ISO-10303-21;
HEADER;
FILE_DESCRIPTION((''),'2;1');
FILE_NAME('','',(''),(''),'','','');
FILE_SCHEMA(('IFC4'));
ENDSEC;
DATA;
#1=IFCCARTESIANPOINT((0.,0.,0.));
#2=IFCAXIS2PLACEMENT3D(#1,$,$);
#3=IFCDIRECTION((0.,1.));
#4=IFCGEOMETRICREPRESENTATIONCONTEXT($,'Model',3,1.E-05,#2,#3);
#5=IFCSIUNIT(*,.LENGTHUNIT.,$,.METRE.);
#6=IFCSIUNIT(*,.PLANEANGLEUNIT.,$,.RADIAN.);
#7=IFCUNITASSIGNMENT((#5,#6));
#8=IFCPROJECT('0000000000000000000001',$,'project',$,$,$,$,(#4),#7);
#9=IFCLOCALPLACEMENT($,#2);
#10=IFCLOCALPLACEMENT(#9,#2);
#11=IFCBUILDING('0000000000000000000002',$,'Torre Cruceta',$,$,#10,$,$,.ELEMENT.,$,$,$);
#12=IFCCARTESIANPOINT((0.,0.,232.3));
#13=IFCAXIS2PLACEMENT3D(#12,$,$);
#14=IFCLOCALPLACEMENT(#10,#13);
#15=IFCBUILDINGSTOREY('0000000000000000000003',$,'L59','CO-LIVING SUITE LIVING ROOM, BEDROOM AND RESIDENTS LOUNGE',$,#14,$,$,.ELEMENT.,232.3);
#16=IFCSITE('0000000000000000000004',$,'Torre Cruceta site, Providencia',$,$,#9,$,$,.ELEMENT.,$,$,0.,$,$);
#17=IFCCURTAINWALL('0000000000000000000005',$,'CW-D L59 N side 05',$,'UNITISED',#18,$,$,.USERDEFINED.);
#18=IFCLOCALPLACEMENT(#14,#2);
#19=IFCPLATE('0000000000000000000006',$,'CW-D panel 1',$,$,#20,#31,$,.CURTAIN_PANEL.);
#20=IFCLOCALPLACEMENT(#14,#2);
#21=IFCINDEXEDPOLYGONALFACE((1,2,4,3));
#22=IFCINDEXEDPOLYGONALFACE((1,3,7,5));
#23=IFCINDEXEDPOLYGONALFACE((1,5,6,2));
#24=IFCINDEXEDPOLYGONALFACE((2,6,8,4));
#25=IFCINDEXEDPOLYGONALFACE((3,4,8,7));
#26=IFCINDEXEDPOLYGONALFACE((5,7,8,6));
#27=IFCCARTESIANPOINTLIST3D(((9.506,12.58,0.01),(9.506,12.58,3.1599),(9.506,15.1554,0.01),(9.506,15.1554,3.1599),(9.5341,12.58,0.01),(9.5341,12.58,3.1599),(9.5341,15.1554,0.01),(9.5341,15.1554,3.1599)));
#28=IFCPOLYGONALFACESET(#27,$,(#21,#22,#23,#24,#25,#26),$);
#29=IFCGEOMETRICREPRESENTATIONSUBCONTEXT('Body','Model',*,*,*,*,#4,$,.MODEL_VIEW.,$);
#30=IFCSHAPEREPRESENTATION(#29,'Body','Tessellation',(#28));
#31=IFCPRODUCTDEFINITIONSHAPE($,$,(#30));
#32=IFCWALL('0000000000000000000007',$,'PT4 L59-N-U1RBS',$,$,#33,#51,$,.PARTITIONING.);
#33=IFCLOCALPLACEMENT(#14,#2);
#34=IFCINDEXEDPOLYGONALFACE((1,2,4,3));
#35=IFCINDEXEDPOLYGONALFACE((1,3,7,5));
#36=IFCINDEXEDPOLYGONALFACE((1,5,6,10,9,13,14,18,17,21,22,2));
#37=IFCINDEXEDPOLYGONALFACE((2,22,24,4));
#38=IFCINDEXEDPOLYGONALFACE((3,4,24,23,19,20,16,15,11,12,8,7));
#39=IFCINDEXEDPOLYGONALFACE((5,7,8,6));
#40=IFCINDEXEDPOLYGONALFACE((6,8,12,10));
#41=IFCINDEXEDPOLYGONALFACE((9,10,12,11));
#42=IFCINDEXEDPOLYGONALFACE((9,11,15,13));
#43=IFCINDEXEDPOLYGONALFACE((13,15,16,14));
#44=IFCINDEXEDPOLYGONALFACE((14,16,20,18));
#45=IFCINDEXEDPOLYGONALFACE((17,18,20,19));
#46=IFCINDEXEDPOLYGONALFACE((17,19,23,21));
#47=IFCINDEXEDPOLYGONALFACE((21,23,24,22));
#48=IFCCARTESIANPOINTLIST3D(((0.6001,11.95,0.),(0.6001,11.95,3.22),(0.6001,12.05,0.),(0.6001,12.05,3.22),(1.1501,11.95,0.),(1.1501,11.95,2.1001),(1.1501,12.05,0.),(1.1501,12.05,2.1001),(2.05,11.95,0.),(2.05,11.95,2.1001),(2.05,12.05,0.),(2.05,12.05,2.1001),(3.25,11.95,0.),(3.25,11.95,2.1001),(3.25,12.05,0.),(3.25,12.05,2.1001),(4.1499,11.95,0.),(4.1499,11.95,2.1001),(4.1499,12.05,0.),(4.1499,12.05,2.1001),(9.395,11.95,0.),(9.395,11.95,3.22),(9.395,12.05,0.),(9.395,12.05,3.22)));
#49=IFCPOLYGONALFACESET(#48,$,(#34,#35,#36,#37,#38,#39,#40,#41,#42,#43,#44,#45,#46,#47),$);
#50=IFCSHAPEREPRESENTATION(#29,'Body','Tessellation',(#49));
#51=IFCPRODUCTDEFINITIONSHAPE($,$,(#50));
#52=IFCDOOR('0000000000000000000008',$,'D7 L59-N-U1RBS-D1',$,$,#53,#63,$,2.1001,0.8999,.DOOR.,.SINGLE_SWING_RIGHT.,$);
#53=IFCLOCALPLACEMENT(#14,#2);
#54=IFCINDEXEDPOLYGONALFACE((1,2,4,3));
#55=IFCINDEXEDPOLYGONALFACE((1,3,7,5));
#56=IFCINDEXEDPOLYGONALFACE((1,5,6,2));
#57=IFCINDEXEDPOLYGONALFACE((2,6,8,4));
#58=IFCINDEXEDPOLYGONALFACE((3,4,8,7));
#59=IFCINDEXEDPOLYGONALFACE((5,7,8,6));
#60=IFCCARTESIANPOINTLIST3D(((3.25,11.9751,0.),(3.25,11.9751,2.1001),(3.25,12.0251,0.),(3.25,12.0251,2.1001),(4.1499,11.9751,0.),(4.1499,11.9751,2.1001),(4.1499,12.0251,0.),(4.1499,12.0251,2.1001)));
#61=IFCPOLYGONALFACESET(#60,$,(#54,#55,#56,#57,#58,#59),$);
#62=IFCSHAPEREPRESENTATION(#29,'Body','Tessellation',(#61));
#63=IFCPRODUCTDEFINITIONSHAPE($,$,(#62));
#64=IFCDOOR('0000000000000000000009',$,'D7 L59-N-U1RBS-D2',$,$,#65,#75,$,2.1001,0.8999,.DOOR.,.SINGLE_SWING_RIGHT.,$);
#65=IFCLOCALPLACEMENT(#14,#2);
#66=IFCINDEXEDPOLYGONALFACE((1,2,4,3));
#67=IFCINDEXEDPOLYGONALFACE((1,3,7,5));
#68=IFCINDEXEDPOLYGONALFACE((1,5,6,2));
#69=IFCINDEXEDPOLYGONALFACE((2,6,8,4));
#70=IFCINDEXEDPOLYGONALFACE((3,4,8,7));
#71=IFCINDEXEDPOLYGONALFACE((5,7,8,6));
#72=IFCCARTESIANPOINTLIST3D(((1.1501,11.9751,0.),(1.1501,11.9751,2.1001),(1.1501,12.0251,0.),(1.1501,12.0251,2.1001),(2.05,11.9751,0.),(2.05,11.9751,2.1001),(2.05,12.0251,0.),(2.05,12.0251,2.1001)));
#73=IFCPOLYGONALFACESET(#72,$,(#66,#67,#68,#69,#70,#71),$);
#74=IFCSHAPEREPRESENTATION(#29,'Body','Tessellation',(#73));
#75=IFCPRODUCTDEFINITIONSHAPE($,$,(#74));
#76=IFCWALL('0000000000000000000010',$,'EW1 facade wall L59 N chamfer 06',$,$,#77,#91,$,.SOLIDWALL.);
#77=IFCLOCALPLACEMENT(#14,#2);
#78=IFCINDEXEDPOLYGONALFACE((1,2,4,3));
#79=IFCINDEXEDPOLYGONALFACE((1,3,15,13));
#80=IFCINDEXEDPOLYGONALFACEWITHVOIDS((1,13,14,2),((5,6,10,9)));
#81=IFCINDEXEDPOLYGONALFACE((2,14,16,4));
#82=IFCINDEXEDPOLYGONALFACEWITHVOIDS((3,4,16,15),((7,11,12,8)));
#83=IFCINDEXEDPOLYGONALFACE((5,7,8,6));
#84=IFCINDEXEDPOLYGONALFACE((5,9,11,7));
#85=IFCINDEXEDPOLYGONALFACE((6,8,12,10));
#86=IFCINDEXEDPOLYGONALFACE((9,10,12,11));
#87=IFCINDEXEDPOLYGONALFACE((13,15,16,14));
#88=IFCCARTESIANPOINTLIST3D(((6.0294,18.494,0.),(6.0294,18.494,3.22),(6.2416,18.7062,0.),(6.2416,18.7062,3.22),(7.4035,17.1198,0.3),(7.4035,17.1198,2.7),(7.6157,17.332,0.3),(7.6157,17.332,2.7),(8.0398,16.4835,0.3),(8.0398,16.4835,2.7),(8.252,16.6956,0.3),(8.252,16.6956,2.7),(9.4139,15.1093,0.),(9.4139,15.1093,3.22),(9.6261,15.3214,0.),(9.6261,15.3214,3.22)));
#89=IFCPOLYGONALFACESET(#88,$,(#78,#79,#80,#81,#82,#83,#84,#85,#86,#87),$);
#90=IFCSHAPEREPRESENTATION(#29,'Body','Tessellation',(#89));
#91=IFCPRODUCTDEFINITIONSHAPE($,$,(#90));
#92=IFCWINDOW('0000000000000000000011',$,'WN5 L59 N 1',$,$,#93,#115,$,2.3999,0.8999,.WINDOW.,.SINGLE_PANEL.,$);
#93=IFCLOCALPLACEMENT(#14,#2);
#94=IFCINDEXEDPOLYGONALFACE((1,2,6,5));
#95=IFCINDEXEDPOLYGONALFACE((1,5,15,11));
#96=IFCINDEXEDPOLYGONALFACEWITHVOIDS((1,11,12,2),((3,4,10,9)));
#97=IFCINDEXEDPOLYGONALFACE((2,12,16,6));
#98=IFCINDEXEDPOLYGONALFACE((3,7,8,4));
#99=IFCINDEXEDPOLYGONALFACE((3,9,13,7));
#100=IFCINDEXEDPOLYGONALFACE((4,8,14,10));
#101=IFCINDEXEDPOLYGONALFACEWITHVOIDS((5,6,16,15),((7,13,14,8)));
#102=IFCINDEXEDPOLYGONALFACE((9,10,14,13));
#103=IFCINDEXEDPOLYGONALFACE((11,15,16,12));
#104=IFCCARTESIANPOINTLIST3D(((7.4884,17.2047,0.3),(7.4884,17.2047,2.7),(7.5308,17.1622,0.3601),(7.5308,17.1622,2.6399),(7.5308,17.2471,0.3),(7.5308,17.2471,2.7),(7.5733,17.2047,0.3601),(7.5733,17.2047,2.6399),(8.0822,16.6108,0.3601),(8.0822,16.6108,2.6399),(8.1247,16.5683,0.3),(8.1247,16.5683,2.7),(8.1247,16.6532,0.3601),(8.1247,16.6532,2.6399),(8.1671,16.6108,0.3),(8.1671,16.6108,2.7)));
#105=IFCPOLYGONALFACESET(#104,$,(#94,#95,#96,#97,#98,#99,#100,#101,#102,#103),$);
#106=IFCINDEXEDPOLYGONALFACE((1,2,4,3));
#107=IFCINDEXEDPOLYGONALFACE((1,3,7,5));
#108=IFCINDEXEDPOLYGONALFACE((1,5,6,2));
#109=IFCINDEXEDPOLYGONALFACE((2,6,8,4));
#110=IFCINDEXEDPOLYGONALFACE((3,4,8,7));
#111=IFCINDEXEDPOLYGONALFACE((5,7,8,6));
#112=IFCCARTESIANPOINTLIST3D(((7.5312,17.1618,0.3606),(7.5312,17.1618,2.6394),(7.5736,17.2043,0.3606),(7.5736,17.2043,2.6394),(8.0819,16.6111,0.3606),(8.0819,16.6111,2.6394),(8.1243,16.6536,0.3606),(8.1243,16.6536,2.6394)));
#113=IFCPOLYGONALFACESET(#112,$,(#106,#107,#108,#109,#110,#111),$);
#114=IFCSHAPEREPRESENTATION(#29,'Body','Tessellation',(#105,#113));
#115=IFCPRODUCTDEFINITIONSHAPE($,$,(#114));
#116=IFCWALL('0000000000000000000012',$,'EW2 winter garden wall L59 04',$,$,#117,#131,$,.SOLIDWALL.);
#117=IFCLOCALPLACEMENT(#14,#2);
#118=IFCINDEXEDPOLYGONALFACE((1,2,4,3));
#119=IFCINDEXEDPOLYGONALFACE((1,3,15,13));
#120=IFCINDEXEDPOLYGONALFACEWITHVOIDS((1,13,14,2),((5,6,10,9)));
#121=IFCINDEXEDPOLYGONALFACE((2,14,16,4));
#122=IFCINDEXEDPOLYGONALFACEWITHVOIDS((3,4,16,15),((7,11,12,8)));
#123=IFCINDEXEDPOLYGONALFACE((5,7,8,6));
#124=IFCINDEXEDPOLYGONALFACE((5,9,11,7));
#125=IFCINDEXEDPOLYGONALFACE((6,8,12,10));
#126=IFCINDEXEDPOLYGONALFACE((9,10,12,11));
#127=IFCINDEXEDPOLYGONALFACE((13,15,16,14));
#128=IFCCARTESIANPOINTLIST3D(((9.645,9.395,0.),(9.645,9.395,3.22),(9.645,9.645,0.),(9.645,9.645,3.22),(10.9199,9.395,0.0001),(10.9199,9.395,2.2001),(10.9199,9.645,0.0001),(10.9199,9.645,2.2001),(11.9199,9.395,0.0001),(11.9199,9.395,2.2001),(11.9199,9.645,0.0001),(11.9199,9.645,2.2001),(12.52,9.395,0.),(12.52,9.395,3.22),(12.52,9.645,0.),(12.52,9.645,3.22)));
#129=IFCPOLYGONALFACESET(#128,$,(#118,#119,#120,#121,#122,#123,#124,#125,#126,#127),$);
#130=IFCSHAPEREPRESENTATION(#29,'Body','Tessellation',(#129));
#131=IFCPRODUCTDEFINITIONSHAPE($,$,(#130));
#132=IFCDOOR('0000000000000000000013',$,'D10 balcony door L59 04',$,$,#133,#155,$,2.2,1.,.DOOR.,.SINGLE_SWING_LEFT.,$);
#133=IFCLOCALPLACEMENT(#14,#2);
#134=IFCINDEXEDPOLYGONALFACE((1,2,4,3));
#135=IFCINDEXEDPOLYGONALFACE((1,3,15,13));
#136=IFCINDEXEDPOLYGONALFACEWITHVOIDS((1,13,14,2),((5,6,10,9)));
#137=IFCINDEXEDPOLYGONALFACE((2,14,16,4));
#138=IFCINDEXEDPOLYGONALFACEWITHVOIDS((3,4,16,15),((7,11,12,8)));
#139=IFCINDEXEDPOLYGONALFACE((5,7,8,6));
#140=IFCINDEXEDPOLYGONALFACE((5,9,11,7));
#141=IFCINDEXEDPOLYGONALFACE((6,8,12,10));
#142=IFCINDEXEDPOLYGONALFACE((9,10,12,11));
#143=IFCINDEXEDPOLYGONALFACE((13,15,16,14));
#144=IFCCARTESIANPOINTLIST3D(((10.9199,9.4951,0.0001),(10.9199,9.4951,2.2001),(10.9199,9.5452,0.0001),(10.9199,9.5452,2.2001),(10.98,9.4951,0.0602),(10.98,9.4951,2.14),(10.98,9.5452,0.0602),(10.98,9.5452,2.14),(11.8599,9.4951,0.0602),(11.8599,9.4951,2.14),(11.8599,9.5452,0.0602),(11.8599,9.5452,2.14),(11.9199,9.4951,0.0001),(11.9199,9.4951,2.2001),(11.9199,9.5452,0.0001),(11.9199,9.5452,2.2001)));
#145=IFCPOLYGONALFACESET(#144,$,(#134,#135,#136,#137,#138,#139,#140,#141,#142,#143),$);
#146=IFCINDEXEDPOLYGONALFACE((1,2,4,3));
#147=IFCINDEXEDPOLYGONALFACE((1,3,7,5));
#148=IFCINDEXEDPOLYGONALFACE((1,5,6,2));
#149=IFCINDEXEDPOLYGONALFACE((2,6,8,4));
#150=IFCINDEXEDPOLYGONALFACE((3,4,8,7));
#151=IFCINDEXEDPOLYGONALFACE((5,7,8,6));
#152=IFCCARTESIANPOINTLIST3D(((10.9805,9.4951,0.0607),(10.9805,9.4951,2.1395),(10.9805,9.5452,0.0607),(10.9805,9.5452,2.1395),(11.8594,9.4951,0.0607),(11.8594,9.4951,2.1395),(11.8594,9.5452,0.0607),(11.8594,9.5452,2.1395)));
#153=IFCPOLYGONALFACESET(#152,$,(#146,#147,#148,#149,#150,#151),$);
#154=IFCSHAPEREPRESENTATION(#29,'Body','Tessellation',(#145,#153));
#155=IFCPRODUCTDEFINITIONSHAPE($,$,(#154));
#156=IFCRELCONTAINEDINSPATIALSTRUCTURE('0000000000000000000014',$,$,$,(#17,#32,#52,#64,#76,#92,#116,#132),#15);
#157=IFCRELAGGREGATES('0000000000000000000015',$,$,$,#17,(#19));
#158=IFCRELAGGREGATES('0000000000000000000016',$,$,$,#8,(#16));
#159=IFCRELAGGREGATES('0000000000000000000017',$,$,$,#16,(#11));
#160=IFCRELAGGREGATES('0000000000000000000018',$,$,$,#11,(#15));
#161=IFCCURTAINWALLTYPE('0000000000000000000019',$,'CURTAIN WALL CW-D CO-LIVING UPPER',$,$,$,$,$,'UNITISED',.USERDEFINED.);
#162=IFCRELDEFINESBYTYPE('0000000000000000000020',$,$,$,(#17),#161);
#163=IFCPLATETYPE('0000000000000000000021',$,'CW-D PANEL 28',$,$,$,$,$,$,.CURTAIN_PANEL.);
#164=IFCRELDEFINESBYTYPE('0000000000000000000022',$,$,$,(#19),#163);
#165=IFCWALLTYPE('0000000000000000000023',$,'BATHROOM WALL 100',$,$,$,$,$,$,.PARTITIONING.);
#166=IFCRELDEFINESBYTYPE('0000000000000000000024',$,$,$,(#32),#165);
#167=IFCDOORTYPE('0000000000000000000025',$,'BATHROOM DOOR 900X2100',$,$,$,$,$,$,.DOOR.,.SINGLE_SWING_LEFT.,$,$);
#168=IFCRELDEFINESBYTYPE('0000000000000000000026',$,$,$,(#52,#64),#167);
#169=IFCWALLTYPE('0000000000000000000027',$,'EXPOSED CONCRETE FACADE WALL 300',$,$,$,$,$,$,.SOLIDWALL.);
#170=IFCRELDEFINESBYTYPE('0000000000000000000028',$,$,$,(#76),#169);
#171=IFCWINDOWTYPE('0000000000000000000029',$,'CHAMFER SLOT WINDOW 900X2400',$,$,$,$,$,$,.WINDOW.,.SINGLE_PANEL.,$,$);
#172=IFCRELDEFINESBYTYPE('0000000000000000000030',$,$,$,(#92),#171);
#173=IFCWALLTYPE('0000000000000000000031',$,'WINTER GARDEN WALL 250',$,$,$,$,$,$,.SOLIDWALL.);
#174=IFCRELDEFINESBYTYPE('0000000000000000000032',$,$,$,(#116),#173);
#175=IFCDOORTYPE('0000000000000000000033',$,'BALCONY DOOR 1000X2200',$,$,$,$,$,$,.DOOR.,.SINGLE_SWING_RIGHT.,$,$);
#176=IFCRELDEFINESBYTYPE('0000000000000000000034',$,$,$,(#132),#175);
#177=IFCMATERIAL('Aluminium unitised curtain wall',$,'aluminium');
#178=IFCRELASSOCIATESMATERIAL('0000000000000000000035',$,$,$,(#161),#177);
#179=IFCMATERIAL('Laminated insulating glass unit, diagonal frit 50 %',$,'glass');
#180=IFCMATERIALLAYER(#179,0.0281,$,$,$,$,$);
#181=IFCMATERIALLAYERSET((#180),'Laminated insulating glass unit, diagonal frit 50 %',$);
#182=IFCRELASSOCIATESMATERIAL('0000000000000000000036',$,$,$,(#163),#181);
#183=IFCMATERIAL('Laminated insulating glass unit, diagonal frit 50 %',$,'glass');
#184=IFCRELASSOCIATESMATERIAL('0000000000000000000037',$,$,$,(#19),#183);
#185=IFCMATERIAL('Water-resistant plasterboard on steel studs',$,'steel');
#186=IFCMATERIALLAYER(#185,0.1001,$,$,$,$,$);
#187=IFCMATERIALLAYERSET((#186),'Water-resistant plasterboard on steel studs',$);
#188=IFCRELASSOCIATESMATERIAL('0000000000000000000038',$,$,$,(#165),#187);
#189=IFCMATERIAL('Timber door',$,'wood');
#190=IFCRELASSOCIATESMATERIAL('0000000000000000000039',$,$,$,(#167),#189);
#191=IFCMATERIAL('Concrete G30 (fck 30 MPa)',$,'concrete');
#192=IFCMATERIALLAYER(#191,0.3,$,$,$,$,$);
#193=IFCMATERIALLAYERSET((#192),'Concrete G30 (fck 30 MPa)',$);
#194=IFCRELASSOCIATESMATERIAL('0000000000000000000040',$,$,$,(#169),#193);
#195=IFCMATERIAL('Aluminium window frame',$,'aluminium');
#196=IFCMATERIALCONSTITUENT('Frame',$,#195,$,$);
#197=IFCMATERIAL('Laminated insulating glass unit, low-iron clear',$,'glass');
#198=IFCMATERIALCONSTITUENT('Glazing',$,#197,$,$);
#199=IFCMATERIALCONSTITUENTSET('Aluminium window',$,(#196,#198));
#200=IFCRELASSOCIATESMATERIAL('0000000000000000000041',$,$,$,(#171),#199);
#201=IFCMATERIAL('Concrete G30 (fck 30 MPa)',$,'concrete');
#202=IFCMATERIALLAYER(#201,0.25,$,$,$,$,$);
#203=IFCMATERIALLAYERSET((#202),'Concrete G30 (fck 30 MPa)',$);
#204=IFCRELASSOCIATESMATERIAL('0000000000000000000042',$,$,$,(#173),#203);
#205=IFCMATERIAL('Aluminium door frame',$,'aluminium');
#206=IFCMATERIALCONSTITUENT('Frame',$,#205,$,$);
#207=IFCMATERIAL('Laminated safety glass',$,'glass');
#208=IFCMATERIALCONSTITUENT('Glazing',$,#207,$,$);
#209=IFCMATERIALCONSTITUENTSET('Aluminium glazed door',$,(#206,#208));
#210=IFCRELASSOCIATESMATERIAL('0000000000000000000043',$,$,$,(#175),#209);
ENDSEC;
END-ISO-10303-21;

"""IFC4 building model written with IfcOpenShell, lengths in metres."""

from ifc_helpers import new_model, si_unit, direction, frame, frame_2d, origin, origin_2d, place, context, subcontext, project, spatial, rectangle, hollow_rectangle, extrude, material, layer, layer_set, constituent, constituent_set, type_object, element, fill, aggregate, save


model = new_model("IFC4")

# Units and contexts
model_context = context("Model", 3, precision=1e-05, world=origin(), true_north=direction((0.0, 1.0)))
body_context = subcontext(model_context, "Body", "Model", "MODEL_VIEW")
ifc_project = project(units=[si_unit("LENGTHUNIT", "METRE"), si_unit("PLANEANGLEUNIT", "RADIAN")], contexts=[model_context])

# Site, building, storey
site_placement = place(None, origin())
site = spatial("IfcSite", under=ifc_project, at=site_placement, Name="Torre Cruceta site, Providencia", CompositionType="ELEMENT", RefElevation=0.0)
building_placement = place(site_placement, origin())
building = spatial("IfcBuilding", under=site, at=building_placement, Name="Torre Cruceta", CompositionType="ELEMENT")
storey_placement = place(building_placement, frame((0.0, 0.0, 232.3)))
storey = spatial("IfcBuildingStorey", under=building, at=storey_placement, Name="L59", Description="CO-LIVING SUITE LIVING ROOM, BEDROOM AND RESIDENTS LOUNGE", CompositionType="ELEMENT", Elevation=232.3)

# Curtain wall
ifc_material_1 = material(Name="Aluminium unitised curtain wall", Category="aluminium")
curtain_wall_type = type_object("IfcCurtainWallType", Name="CURTAIN WALL CW-D CO-LIVING UPPER", ElementType="UNITISED", PredefinedType="USERDEFINED", material=ifc_material_1)
curtain_wall_1_placement = place(storey_placement, origin())
curtain_wall_1 = element("IfcCurtainWall", 1, at=curtain_wall_1_placement, inside=storey, type_object=curtain_wall_type, Name="CW-D L59 N side 05", ObjectType="UNITISED", PredefinedType="USERDEFINED")

# Plate
ifc_material_2 = material(Name="Laminated insulating glass unit, diagonal frit 50 %", Category="glass")
ifc_material_3 = material(Name="Laminated insulating glass unit, diagonal frit 50 %", Category="glass")
ifc_layer_1 = layer(ifc_material_3, 0.0281)
ifc_layer_set_1 = layer_set([ifc_layer_1], Name="Laminated insulating glass unit, diagonal frit 50 %")
plate_type = type_object("IfcPlateType", Name="CW-D PANEL 28", PredefinedType="CURTAIN_PANEL", material=ifc_layer_set_1)
plate_1_placement = place(storey_placement, frame((9.52, 13.8677, 0.01), z_axis=(0.0, 0.0, 1.0), x_axis=(0.0, 1.0, 0.0)))
plate_1 = element("IfcPlate", 2, at=plate_1_placement, type_object=plate_type, material=ifc_material_2, Name="CW-D panel 1", PredefinedType="CURTAIN_PANEL", context=body_context, shape_type="SweptSolid", body=[
    extrude(rectangle(XDim=2.5754, YDim=0.0281, at=origin_2d()), origin(), (0.0, 0.0, 1.0), 3.1499),
])
aggregate(curtain_wall_1, [plate_1])

# Wall, openings, doors
ifc_material_4 = material(Name="Water-resistant plasterboard on steel studs", Category="steel")
ifc_layer_2 = layer(ifc_material_4, 0.1001)
ifc_layer_set_2 = layer_set([ifc_layer_2], Name="Water-resistant plasterboard on steel studs")
wall_type_1 = type_object("IfcWallType", Name="BATHROOM WALL 100", PredefinedType="PARTITIONING", material=ifc_layer_set_2)
wall_1_placement = place(storey_placement, frame((9.395, 12.0, 0.0), z_axis=(0.0, 0.0, 1.0), x_axis=(-1.0, 0.0, 0.0)))
wall_1 = element("IfcWall", 3, at=wall_1_placement, inside=storey, type_object=wall_type_1, Name="PT4 L59-N-U1RBS", PredefinedType="PARTITIONING", context=body_context, shape_type="SweptSolid", body=[
    extrude(rectangle(XDim=8.7949, YDim=0.1001, at=frame_2d((4.3975, 0.0))), origin(), (0.0, 0.0, 1.0), 3.22),
])
opening_1_placement = place(wall_1_placement, frame((5.2451, 0.0, 0.0)))
opening_1 = element("IfcOpeningElement", 4, at=opening_1_placement, cuts=wall_1, PredefinedType="OPENING", context=body_context, shape_type="SweptSolid", body=[
    extrude(rectangle(XDim=0.8999, YDim=2.1001, at=frame_2d((0.45, 1.05))), frame((0.0, 0.0601, 0.0), z_axis=(0.0, -1.0, 0.0), x_axis=(1.0, 0.0, 0.0)), (0.0, 0.0, 1.0), 0.1201),
])
opening_2_placement = place(wall_1_placement, frame((7.345, 0.0, 0.0)))
opening_2 = element("IfcOpeningElement", 5, at=opening_2_placement, cuts=wall_1, PredefinedType="OPENING", context=body_context, shape_type="SweptSolid", body=[
    extrude(rectangle(XDim=0.8999, YDim=2.1001, at=frame_2d((0.45, 1.05))), frame((0.0, 0.0601, 0.0), z_axis=(0.0, -1.0, 0.0), x_axis=(1.0, 0.0, 0.0)), (0.0, 0.0, 1.0), 0.1201),
])
ifc_material_5 = material(Name="Timber door", Category="wood")
door_type_1 = type_object("IfcDoorType", Name="BATHROOM DOOR 900X2100", OperationType="SINGLE_SWING_LEFT", PredefinedType="DOOR", material=ifc_material_5)
door_1_placement = place(opening_1_placement, origin())
door_1 = element("IfcDoor", 6, at=door_1_placement, inside=storey, type_object=door_type_1, Name="D7 L59-N-U1RBS-D1", OperationType="SINGLE_SWING_RIGHT", OverallHeight=2.1001, OverallWidth=0.8999, PredefinedType="DOOR", context=body_context, shape_type="SweptSolid", body=[
    extrude(rectangle(XDim=0.8999, YDim=2.1001, at=frame_2d((0.45, 1.05))), frame((0.0, 0.0249, 0.0), z_axis=(0.0, -1.0, 0.0), x_axis=(1.0, 0.0, 0.0)), (0.0, 0.0, 1.0), 0.05),
])
fill(opening_1, door_1)
door_2_placement = place(opening_2_placement, origin())
door_2 = element("IfcDoor", 7, at=door_2_placement, inside=storey, type_object=door_type_1, Name="D7 L59-N-U1RBS-D2", OperationType="SINGLE_SWING_RIGHT", OverallHeight=2.1001, OverallWidth=0.8999, PredefinedType="DOOR", context=body_context, shape_type="SweptSolid", body=[
    extrude(rectangle(XDim=0.8999, YDim=2.1001, at=frame_2d((0.45, 1.05))), frame((0.0, 0.0249, 0.0), z_axis=(0.0, -1.0, 0.0), x_axis=(1.0, 0.0, 0.0)), (0.0, 0.0, 1.0), 0.05),
])
fill(opening_2, door_2)

# Wall, opening, window
ifc_material_6 = material(Name="Concrete G30 (fck 30 MPa)", Category="concrete")
ifc_layer_3 = layer(ifc_material_6, 0.3)
ifc_layer_set_3 = layer_set([ifc_layer_3], Name="Concrete G30 (fck 30 MPa)")
wall_type_2 = type_object("IfcWallType", Name="EXPOSED CONCRETE FACADE WALL 300", PredefinedType="SOLIDWALL", material=ifc_layer_set_3)
wall_2_placement = place(storey_placement, frame((9.52, 15.2153, 0.0), z_axis=(0.0, 0.0, 1.0), x_axis=(-0.707081, 0.707132, 0.0)))
wall_2 = element("IfcWall", 8, at=wall_2_placement, inside=storey, type_object=wall_type_2, Name="EW1 facade wall L59 N chamfer 06", PredefinedType="SOLIDWALL", context=body_context, shape_type="SweptSolid", body=[
    extrude(rectangle(XDim=4.7866, YDim=0.3, at=frame_2d((2.3933, 0.0))), origin(), (0.0, 0.0, 1.0), 3.22),
])
opening_3_placement = place(wall_2_placement, frame((1.9434, 0.0, 0.3)))
opening_3 = element("IfcOpeningElement", 9, at=opening_3_placement, cuts=wall_2, PredefinedType="OPENING", context=body_context, shape_type="SweptSolid", body=[
    extrude(rectangle(XDim=0.8999, YDim=2.3999, at=frame_2d((0.45, 1.2))), frame((0.0, 0.1599, 0.0), z_axis=(0.0, -1.0, 0.0), x_axis=(1.0, 0.0, 0.0)), (0.0, 0.0, 1.0), 0.3201),
])
ifc_material_7 = material(Name="Aluminium window frame", Category="aluminium")
ifc_constituent_1 = constituent(ifc_material_7, Name="Frame")
ifc_material_8 = material(Name="Laminated insulating glass unit, low-iron clear", Category="glass")
ifc_constituent_2 = constituent(ifc_material_8, Name="Glazing")
ifc_constituent_set_1 = constituent_set(constituents=[ifc_constituent_1, ifc_constituent_2], Name="Aluminium window")
window_type = type_object("IfcWindowType", Name="CHAMFER SLOT WINDOW 900X2400", PartitioningType="SINGLE_PANEL", PredefinedType="WINDOW", material=ifc_constituent_set_1)
window_placement = place(opening_3_placement, origin())
window = element("IfcWindow", 10, at=window_placement, inside=storey, type_object=window_type, Name="WN5 L59 N 1", OverallHeight=2.3999, OverallWidth=0.8999, PartitioningType="SINGLE_PANEL", PredefinedType="WINDOW", context=body_context, shape_type="SweptSolid", body=[
    extrude(hollow_rectangle(XDim=0.8999, YDim=2.3999, WallThickness=0.0601, at=frame_2d((0.45, 1.2))), frame((0.0, 0.03, 0.0), z_axis=(0.0, -1.0, 0.0), x_axis=(1.0, 0.0, 0.0)), (0.0, 0.0, 1.0), 0.0601),
    extrude(rectangle(XDim=0.7788, YDim=2.2788, at=frame_2d((0.45, 1.2))), frame((0.0, 0.03, 0.0), z_axis=(0.0, -1.0, 0.0), x_axis=(1.0, 0.0, 0.0)), (0.0, 0.0, 1.0), 0.0601),
])
fill(opening_3, window)

# Wall, opening, door
ifc_material_9 = material(Name="Concrete G30 (fck 30 MPa)", Category="concrete")
ifc_layer_4 = layer(ifc_material_9, 0.25)
ifc_layer_set_4 = layer_set([ifc_layer_4], Name="Concrete G30 (fck 30 MPa)")
wall_type_3 = type_object("IfcWallType", Name="WINTER GARDEN WALL 250", PredefinedType="SOLIDWALL", material=ifc_layer_set_4)
wall_3_placement = place(storey_placement, frame((12.52, 9.52, 0.0), z_axis=(0.0, 0.0, 1.0), x_axis=(-1.0, 0.0, 0.0)))
wall_3 = element("IfcWall", 11, at=wall_3_placement, inside=storey, type_object=wall_type_3, Name="EW2 winter garden wall L59 04", PredefinedType="SOLIDWALL", context=body_context, shape_type="SweptSolid", body=[
    extrude(rectangle(XDim=2.875, YDim=0.25, at=frame_2d((1.4375, 0.0))), origin(), (0.0, 0.0, 1.0), 3.22),
])
opening_4_placement = place(wall_3_placement, frame((0.6001, 0.0, 0.0)))
opening_4 = element("IfcOpeningElement", 12, at=opening_4_placement, cuts=wall_3, PredefinedType="OPENING", context=body_context, shape_type="SweptSolid", body=[
    extrude(rectangle(XDim=1.0, YDim=2.2, at=frame_2d((0.5, 1.1001))), frame((0.0, 0.135, 0.0), z_axis=(0.0, -1.0, 0.0), x_axis=(1.0, 0.0, 0.0)), (0.0, 0.0, 1.0), 0.27),
])
ifc_material_10 = material(Name="Aluminium door frame", Category="aluminium")
ifc_constituent_3 = constituent(ifc_material_10, Name="Frame")
ifc_material_11 = material(Name="Laminated safety glass", Category="glass")
ifc_constituent_4 = constituent(ifc_material_11, Name="Glazing")
ifc_constituent_set_2 = constituent_set(constituents=[ifc_constituent_3, ifc_constituent_4], Name="Aluminium glazed door")
door_type_2 = type_object("IfcDoorType", Name="BALCONY DOOR 1000X2200", OperationType="SINGLE_SWING_RIGHT", PredefinedType="DOOR", material=ifc_constituent_set_2)
door_3_placement = place(opening_4_placement, origin())
door_3 = element("IfcDoor", 13, at=door_3_placement, inside=storey, type_object=door_type_2, Name="D10 balcony door L59 04", OperationType="SINGLE_SWING_LEFT", OverallHeight=2.2, OverallWidth=1.0, PredefinedType="DOOR", context=body_context, shape_type="SweptSolid", body=[
    extrude(hollow_rectangle(XDim=1.0, YDim=2.2, WallThickness=0.0601, at=frame_2d((0.5, 1.1001))), frame((0.0, 0.0249, 0.0), z_axis=(0.0, -1.0, 0.0), x_axis=(1.0, 0.0, 0.0)), (0.0, 0.0, 1.0), 0.05),
    extrude(rectangle(XDim=0.8789, YDim=2.0789, at=frame_2d((0.5, 1.1001))), frame((0.0, 0.0249, 0.0), z_axis=(0.0, -1.0, 0.0), x_axis=(1.0, 0.0, 0.0)), (0.0, 0.0, 1.0), 0.05),
])
fill(opening_4, door_3)

save(model, "model.ifc")
